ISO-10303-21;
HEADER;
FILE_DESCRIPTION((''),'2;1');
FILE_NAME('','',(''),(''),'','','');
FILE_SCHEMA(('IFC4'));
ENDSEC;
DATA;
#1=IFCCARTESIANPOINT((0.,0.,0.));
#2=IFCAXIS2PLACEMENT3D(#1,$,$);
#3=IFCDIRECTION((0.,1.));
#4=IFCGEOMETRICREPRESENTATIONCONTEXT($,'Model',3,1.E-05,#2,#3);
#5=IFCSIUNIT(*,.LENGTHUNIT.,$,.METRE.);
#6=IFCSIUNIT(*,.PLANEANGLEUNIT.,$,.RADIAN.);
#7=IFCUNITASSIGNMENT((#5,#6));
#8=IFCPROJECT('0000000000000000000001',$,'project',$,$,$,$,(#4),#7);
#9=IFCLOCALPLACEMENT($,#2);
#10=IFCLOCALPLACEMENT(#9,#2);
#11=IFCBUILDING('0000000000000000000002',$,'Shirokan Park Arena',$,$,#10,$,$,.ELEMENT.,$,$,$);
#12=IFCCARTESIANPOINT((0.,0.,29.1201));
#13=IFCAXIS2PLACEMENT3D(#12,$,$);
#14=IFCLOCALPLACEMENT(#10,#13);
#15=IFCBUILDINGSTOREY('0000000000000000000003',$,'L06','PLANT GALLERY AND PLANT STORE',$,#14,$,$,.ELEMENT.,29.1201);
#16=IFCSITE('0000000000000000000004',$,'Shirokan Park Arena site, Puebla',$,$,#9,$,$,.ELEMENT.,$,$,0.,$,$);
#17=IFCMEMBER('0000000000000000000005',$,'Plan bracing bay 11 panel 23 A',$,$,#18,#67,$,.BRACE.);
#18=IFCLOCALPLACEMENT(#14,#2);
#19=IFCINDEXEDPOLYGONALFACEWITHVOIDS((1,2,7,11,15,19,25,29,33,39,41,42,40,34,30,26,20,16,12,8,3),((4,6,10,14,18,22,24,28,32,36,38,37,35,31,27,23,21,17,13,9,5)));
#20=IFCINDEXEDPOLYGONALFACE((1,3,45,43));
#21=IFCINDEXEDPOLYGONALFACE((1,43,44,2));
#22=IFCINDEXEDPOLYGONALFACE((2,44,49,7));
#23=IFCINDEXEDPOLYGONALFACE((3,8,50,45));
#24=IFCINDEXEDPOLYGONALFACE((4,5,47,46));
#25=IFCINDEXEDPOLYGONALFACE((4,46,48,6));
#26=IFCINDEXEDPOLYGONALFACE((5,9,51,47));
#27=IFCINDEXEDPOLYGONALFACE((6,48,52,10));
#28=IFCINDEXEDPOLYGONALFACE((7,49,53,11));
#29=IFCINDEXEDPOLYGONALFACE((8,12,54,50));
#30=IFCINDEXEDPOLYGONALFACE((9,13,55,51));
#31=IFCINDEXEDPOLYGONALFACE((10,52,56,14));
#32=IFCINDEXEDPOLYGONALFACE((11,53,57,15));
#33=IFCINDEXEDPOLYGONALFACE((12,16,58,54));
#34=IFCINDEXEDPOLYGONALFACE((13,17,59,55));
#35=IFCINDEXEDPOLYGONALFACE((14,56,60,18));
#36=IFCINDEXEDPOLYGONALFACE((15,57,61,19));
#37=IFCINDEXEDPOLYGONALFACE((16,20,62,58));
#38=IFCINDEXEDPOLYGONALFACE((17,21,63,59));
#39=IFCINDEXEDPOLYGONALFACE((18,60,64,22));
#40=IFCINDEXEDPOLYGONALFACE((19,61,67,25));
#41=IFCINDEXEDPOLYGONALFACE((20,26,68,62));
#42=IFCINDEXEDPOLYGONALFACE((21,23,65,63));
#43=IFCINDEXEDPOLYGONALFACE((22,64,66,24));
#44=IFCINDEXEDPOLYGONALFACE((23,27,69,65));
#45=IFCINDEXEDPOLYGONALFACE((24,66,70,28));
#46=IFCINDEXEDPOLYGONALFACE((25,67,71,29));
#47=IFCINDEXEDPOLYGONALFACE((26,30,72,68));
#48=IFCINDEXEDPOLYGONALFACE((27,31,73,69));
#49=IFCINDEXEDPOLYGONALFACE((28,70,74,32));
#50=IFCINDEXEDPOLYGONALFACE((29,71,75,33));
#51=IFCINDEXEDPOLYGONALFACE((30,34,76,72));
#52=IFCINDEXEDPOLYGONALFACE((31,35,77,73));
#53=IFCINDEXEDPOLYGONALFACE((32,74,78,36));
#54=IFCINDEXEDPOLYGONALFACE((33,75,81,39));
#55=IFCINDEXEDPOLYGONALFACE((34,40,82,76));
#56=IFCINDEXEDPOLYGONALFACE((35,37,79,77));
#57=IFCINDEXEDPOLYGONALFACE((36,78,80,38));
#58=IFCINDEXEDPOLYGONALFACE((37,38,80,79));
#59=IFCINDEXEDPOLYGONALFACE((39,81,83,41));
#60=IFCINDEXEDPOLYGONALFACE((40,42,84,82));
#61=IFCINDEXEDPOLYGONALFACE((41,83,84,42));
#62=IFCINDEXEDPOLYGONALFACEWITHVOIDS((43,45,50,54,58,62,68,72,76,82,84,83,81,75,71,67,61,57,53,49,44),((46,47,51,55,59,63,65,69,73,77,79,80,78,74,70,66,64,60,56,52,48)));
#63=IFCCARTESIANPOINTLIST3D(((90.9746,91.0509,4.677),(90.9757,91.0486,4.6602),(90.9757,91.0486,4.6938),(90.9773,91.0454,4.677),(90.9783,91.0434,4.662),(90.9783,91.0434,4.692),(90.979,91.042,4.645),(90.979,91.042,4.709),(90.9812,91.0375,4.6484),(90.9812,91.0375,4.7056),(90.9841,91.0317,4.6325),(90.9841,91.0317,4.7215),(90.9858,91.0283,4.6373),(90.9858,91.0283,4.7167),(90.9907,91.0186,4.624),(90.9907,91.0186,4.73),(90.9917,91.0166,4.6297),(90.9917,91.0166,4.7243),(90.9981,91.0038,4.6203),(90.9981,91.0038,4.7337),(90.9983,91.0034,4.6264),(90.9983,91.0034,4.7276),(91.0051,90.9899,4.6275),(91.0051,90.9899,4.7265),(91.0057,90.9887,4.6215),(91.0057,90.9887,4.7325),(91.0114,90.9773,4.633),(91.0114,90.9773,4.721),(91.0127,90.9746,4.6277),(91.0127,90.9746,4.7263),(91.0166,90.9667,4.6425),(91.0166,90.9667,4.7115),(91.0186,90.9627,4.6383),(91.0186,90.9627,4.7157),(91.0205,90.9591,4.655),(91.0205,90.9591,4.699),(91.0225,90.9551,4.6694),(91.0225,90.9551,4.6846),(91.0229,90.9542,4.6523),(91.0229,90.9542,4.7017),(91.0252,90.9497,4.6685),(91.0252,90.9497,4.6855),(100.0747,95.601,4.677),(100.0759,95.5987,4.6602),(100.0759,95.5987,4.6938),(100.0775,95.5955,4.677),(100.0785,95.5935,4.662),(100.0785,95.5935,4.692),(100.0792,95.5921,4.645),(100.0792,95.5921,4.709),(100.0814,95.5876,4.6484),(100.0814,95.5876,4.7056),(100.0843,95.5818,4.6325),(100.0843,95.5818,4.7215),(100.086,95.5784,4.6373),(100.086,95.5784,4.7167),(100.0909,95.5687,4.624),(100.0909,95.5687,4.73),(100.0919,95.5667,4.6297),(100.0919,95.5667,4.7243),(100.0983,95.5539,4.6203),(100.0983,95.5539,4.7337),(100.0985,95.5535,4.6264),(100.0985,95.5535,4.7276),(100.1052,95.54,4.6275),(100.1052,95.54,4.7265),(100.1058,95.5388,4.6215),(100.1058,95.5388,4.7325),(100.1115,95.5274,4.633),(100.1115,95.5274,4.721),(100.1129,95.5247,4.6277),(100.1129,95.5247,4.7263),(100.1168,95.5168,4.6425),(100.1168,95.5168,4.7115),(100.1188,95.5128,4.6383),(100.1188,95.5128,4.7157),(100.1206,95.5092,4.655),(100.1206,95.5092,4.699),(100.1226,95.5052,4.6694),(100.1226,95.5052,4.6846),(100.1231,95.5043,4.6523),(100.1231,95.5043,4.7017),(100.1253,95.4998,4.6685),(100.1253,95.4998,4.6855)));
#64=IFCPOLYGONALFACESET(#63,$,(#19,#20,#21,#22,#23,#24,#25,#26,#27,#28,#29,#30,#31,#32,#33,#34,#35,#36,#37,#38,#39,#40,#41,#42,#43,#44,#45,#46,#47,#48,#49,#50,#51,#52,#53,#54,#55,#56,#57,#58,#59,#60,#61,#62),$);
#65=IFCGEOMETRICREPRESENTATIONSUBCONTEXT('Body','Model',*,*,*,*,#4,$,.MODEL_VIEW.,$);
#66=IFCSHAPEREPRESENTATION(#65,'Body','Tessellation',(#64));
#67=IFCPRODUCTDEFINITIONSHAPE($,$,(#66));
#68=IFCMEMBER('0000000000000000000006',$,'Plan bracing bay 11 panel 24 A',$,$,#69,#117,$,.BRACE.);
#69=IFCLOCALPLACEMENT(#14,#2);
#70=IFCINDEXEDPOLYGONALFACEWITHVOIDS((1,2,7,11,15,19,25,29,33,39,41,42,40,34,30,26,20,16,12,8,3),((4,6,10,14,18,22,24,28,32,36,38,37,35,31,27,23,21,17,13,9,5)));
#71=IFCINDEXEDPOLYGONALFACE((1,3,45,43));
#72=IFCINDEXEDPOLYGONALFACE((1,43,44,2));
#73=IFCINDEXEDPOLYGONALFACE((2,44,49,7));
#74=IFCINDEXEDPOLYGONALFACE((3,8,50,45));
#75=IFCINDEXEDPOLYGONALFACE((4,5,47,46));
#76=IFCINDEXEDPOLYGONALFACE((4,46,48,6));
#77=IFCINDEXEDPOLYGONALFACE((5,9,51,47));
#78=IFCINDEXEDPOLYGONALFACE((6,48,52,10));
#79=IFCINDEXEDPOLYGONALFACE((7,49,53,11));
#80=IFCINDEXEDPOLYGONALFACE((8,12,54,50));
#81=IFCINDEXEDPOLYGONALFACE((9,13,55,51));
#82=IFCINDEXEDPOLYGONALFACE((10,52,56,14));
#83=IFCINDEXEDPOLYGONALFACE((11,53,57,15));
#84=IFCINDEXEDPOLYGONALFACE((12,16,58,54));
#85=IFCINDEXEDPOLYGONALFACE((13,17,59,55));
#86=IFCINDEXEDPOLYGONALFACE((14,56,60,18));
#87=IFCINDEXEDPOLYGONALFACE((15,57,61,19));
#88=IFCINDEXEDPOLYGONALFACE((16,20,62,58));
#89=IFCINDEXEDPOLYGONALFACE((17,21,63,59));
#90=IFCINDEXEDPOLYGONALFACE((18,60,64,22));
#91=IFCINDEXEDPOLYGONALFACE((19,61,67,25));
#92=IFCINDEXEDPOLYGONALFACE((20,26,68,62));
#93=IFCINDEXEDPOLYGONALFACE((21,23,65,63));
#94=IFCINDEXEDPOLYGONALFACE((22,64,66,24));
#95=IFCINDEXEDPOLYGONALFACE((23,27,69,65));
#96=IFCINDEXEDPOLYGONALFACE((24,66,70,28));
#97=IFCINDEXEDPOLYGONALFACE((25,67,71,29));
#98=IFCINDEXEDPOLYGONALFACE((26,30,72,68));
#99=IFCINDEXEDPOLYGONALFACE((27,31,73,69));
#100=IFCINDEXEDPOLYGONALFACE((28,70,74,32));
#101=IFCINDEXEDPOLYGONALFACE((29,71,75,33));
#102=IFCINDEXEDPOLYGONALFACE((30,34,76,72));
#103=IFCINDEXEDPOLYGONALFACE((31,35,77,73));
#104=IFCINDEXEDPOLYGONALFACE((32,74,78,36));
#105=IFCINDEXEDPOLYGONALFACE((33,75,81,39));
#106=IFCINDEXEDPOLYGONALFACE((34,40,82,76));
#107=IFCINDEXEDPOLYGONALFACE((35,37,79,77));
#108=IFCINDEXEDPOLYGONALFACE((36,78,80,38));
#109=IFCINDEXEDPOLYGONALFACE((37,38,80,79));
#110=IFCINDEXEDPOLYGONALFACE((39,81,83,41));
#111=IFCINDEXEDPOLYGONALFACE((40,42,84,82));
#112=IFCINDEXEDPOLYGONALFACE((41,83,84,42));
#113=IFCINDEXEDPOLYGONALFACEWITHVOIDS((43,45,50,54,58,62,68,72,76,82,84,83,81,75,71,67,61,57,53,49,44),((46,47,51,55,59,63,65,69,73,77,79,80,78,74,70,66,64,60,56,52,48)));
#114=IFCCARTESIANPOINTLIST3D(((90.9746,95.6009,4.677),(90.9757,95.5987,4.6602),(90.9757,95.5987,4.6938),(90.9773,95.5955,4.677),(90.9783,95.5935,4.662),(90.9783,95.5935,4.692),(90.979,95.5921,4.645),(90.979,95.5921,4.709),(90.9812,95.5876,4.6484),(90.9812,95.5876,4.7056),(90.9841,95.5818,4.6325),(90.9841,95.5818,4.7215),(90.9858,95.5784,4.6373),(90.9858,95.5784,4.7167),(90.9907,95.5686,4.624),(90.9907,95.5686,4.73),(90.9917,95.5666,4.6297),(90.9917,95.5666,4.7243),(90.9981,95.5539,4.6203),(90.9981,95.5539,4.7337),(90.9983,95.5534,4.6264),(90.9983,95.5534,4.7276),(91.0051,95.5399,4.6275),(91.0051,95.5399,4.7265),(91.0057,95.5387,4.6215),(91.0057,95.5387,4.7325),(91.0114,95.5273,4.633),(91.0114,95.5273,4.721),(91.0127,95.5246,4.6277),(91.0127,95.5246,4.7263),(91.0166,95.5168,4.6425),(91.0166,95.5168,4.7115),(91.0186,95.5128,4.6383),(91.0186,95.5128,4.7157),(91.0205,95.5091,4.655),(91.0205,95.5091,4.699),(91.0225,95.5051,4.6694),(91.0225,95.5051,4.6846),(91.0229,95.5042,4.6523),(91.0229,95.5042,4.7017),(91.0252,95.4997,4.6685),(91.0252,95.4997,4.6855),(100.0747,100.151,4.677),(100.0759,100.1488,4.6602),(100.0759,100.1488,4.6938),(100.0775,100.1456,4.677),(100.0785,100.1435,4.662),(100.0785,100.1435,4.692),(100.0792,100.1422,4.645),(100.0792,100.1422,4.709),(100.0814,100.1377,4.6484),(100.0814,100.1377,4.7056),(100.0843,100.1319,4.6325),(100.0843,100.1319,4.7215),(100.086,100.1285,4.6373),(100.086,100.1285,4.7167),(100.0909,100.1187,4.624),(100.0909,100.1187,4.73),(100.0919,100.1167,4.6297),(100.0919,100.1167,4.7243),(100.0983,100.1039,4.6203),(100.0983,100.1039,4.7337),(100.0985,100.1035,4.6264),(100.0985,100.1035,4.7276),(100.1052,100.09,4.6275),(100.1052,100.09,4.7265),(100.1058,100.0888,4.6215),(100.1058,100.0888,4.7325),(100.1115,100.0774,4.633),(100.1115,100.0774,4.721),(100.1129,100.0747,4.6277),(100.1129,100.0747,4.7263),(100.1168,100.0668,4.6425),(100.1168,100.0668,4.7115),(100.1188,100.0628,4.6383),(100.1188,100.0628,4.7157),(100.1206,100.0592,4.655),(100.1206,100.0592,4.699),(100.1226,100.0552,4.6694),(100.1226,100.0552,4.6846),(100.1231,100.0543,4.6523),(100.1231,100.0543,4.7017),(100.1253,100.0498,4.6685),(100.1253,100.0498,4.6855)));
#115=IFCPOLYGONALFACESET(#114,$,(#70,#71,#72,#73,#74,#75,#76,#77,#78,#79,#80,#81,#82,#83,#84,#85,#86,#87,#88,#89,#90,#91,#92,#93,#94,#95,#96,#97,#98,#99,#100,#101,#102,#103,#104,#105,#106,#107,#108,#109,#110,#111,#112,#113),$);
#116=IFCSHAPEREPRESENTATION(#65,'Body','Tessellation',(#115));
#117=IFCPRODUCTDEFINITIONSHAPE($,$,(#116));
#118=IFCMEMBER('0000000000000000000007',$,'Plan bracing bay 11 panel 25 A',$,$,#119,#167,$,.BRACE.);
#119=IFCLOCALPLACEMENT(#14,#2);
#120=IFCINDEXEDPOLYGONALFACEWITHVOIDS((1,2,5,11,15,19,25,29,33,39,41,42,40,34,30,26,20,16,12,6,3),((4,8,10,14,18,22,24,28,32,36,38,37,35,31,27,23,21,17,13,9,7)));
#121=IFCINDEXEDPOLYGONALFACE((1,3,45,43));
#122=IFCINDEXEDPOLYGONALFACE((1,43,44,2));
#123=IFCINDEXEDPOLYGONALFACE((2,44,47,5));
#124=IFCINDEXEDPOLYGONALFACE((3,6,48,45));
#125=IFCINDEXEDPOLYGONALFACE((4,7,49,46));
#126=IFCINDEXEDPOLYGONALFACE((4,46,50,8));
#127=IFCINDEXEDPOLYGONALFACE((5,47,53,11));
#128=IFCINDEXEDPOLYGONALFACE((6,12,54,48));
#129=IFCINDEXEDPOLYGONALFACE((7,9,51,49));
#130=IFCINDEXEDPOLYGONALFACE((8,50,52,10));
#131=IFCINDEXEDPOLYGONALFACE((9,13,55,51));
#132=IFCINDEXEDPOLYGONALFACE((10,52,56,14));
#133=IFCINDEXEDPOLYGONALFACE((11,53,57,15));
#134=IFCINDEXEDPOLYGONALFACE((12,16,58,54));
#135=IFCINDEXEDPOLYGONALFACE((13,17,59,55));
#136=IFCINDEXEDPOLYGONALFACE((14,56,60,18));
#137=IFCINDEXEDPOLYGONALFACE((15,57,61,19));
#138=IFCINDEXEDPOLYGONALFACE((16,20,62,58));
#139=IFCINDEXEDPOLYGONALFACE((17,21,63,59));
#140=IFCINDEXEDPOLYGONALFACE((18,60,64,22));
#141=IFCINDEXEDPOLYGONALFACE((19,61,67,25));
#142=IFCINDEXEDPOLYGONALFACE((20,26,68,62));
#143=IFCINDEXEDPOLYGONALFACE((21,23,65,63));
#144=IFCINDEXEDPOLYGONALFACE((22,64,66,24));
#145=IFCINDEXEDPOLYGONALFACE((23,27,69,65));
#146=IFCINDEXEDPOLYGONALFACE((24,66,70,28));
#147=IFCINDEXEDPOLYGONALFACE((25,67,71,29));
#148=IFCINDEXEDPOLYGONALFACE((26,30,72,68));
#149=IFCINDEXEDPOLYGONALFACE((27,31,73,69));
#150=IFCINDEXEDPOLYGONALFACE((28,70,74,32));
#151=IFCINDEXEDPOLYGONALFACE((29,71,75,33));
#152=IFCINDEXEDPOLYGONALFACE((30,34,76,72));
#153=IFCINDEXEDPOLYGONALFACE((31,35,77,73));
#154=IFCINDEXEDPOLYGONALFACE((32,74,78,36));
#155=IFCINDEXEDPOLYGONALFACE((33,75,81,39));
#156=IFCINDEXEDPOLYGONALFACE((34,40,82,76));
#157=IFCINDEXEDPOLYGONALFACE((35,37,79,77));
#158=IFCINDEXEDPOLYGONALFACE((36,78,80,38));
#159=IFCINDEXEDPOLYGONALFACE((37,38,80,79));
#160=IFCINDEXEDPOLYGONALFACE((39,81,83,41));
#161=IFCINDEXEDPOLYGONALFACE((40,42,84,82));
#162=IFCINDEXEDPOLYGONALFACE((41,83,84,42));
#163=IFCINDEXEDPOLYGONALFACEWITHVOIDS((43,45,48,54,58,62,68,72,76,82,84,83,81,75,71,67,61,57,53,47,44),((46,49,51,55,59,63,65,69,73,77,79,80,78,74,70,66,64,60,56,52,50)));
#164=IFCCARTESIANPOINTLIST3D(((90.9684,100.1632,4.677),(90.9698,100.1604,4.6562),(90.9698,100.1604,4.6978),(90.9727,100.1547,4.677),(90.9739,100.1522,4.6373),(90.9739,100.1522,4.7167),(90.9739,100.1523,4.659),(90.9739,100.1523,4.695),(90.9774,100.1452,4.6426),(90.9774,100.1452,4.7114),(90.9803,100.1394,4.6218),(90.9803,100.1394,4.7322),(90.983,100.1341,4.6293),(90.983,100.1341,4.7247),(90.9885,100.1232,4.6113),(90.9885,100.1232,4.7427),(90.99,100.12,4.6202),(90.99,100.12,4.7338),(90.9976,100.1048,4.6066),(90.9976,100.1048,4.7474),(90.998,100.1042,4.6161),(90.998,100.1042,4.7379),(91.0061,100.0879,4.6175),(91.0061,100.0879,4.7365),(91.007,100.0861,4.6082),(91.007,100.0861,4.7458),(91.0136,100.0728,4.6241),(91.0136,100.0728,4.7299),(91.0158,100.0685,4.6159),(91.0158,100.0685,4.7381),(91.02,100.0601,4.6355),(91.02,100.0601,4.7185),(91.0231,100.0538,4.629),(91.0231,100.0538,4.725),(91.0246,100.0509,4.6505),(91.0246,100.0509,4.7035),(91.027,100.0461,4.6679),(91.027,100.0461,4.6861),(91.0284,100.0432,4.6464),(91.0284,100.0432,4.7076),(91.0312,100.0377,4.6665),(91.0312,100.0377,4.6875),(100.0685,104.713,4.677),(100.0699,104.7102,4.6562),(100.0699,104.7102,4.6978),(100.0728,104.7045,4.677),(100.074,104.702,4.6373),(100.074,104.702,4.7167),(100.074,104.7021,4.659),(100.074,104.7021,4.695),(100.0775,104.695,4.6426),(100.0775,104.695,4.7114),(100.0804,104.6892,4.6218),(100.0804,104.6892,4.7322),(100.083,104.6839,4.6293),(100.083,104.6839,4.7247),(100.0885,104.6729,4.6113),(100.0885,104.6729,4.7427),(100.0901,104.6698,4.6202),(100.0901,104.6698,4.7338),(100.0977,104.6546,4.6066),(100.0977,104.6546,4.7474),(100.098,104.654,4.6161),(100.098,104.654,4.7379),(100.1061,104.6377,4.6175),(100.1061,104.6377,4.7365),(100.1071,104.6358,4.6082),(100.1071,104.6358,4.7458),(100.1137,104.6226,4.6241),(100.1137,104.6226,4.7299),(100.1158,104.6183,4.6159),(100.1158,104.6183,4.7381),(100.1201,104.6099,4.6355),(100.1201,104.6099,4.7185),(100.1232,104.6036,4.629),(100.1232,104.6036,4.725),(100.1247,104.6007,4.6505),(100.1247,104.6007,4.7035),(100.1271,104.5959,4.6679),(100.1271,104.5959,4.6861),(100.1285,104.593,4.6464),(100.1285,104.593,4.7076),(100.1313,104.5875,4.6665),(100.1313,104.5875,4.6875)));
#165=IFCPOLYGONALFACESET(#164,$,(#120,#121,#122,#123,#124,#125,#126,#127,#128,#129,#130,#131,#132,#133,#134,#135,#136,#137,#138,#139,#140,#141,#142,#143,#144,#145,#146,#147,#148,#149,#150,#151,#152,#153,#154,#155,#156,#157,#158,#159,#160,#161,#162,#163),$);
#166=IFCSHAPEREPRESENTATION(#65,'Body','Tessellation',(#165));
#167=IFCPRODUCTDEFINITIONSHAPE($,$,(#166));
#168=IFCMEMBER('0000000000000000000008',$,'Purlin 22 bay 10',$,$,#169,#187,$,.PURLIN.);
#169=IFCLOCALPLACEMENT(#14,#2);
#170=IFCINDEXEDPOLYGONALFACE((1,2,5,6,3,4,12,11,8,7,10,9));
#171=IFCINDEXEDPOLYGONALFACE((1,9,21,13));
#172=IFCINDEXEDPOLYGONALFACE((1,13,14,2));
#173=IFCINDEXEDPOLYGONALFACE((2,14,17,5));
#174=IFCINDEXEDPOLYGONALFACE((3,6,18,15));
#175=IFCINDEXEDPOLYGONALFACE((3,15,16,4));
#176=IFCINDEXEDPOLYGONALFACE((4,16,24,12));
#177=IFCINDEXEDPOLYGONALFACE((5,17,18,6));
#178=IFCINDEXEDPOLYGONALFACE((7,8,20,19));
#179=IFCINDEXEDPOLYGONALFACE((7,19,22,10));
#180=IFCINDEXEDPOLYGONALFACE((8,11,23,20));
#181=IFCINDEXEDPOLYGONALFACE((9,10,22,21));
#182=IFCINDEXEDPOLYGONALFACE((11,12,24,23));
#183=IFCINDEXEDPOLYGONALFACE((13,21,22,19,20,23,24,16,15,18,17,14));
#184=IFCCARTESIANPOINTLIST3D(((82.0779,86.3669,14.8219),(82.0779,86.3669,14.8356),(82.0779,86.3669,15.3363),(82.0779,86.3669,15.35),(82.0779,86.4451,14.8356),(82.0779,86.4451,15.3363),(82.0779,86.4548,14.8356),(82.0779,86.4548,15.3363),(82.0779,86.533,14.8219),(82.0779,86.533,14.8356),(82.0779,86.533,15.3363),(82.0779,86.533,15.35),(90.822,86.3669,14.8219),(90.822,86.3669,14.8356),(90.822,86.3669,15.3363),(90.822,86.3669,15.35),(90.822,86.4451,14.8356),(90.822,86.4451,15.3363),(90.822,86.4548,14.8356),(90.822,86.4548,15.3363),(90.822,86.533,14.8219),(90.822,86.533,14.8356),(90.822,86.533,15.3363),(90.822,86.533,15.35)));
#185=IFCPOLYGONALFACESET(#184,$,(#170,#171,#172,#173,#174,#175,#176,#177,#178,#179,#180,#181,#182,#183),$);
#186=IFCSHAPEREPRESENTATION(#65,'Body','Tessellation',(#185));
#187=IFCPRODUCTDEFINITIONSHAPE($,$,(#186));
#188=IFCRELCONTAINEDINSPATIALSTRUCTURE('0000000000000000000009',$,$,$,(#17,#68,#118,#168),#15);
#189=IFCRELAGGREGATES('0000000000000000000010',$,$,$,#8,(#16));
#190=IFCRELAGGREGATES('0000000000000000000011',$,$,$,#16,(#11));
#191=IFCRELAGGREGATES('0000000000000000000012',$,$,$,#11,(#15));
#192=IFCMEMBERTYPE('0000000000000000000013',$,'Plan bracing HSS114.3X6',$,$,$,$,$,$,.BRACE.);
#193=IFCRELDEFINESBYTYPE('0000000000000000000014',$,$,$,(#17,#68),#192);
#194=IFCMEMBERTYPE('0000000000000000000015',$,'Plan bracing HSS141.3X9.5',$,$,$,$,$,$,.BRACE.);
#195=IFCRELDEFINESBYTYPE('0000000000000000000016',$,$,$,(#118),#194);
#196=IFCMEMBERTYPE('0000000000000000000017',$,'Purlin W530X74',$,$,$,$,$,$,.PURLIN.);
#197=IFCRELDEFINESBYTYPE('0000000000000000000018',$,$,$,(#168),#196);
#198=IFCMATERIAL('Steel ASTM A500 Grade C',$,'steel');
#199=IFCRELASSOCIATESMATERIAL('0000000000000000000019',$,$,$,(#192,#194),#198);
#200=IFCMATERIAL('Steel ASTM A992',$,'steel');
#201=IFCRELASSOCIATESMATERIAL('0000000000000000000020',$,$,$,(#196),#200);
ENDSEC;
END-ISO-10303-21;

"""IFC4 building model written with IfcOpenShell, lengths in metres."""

from ifc_helpers import new_model, si_unit, direction, frame, origin, origin_2d, place, context, subcontext, project, spatial, hollow_circle, i_section, extrude, material, material_profile, profile_set, type_object, element, save


model = new_model("IFC4")

# Units and contexts
model_context = context("Model", 3, precision=1e-05, world=origin(), true_north=direction((0.0, 1.0)))
body_context = subcontext(model_context, "Body", "Model", "MODEL_VIEW")
ifc_project = project(units=[si_unit("LENGTHUNIT", "METRE"), si_unit("PLANEANGLEUNIT", "RADIAN")], contexts=[model_context])

# Site, building, storey
site_placement = place(None, origin())
site = spatial("IfcSite", under=ifc_project, at=site_placement, Name="Shirokan Park Arena site, Puebla", CompositionType="ELEMENT", RefElevation=0.0)
building_placement = place(site_placement, origin())
building = spatial("IfcBuilding", under=site, at=building_placement, Name="Shirokan Park Arena", CompositionType="ELEMENT")
storey_placement = place(building_placement, frame((0.0, 0.0, 29.1201)))
storey = spatial("IfcBuildingStorey", under=building, at=storey_placement, Name="L06", Description="PLANT GALLERY AND PLANT STORE", CompositionType="ELEMENT", Elevation=29.1201)

# Members
ifc_material_1 = material(Name="Steel ASTM A500 Grade C", Category="steel")
ifc_material_profile_1 = material_profile(ifc_material_1, hollow_circle(Radius=0.0569, WallThickness=0.0061, at=origin_2d()), Name="HSS114.3X6")
ifc_profile_set_1 = profile_set([ifc_material_profile_1], Name="Steel ASTM A500 Grade C")
member_type_1 = type_object("IfcMemberType", Name="Plan bracing HSS114.3X6", PredefinedType="BRACE", material=ifc_profile_set_1)
for number, where, z_axis, x_axis, name in (
    (1, (91.0, 91.0, 4.677), (0.894427, 0.447214, 0.0), (-0.447214, 0.894427, 0.0), "Plan bracing bay 11 panel 23 A"),
    (2, (91.0, 95.55, 4.677), (0.894427, 0.447214, 0.0), (-0.447214, 0.894427, 0.0), "Plan bracing bay 11 panel 24 A"),
):
    element("IfcMember", number, at=place(storey_placement, frame(where, z_axis=z_axis, x_axis=x_axis)), inside=storey, type_object=member_type_1, Name=name, PredefinedType="BRACE", context=body_context, shape_type="SweptSolid", body=[
        extrude(hollow_circle(Radius=0.0569, WallThickness=0.0061, at=origin_2d()), origin(), (0.0, 0.0, 1.0), 10.1743),
    ])
ifc_material_profile_2 = material_profile(ifc_material_1, hollow_circle(Radius=0.0706, WallThickness=0.0095, at=origin_2d()), Name="HSS141.3X9.5")
ifc_profile_set_2 = profile_set([ifc_material_profile_2], Name="Steel ASTM A500 Grade C")
member_type_2 = type_object("IfcMemberType", Name="Plan bracing HSS141.3X9.5", PredefinedType="BRACE", material=ifc_profile_set_2)
member_1_placement = place(storey_placement, frame((91.0, 100.1001, 4.677), z_axis=(0.894437, 0.447194, 0.0), x_axis=(-0.447194, 0.894437, 0.0)))
element("IfcMember", 3, at=member_1_placement, inside=storey, type_object=member_type_2, Name="Plan bracing bay 11 panel 25 A", PredefinedType="BRACE", context=body_context, shape_type="SweptSolid", body=[
    extrude(hollow_circle(Radius=0.0706, WallThickness=0.0095, at=origin_2d()), origin(), (0.0, 0.0, 1.0), 10.1741),
])
ifc_material_2 = material(Name="Steel ASTM A992", Category="steel")
ifc_material_profile_3 = material_profile(ifc_material_2, i_section(OverallWidth=0.166, OverallDepth=0.5281, WebThickness=0.0098, FlangeThickness=0.0137, at=origin_2d()), Name="W530X74")
ifc_profile_set_3 = profile_set([ifc_material_profile_3], Name="Steel ASTM A992")
member_type_3 = type_object("IfcMemberType", Name="Purlin W530X74", PredefinedType="PURLIN", material=ifc_profile_set_3)
for number, where, z_axis, x_axis, name in (
    (4, (82.0779, 86.45, 15.0859), (1.0, 0.0, 0.0), (0.0, 1.0, 0.0), "Purlin 22 bay 10"),
):
    element("IfcMember", number, at=place(storey_placement, frame(where, z_axis=z_axis, x_axis=x_axis)), inside=storey, type_object=member_type_3, Name=name, PredefinedType="PURLIN", context=body_context, shape_type="SweptSolid", body=[
        extrude(i_section(OverallWidth=0.166, OverallDepth=0.5281, WebThickness=0.0098, FlangeThickness=0.0137, at=origin_2d()), origin(), (0.0, 0.0, 1.0), 8.7441),
    ])

save(model, "model.ifc")
